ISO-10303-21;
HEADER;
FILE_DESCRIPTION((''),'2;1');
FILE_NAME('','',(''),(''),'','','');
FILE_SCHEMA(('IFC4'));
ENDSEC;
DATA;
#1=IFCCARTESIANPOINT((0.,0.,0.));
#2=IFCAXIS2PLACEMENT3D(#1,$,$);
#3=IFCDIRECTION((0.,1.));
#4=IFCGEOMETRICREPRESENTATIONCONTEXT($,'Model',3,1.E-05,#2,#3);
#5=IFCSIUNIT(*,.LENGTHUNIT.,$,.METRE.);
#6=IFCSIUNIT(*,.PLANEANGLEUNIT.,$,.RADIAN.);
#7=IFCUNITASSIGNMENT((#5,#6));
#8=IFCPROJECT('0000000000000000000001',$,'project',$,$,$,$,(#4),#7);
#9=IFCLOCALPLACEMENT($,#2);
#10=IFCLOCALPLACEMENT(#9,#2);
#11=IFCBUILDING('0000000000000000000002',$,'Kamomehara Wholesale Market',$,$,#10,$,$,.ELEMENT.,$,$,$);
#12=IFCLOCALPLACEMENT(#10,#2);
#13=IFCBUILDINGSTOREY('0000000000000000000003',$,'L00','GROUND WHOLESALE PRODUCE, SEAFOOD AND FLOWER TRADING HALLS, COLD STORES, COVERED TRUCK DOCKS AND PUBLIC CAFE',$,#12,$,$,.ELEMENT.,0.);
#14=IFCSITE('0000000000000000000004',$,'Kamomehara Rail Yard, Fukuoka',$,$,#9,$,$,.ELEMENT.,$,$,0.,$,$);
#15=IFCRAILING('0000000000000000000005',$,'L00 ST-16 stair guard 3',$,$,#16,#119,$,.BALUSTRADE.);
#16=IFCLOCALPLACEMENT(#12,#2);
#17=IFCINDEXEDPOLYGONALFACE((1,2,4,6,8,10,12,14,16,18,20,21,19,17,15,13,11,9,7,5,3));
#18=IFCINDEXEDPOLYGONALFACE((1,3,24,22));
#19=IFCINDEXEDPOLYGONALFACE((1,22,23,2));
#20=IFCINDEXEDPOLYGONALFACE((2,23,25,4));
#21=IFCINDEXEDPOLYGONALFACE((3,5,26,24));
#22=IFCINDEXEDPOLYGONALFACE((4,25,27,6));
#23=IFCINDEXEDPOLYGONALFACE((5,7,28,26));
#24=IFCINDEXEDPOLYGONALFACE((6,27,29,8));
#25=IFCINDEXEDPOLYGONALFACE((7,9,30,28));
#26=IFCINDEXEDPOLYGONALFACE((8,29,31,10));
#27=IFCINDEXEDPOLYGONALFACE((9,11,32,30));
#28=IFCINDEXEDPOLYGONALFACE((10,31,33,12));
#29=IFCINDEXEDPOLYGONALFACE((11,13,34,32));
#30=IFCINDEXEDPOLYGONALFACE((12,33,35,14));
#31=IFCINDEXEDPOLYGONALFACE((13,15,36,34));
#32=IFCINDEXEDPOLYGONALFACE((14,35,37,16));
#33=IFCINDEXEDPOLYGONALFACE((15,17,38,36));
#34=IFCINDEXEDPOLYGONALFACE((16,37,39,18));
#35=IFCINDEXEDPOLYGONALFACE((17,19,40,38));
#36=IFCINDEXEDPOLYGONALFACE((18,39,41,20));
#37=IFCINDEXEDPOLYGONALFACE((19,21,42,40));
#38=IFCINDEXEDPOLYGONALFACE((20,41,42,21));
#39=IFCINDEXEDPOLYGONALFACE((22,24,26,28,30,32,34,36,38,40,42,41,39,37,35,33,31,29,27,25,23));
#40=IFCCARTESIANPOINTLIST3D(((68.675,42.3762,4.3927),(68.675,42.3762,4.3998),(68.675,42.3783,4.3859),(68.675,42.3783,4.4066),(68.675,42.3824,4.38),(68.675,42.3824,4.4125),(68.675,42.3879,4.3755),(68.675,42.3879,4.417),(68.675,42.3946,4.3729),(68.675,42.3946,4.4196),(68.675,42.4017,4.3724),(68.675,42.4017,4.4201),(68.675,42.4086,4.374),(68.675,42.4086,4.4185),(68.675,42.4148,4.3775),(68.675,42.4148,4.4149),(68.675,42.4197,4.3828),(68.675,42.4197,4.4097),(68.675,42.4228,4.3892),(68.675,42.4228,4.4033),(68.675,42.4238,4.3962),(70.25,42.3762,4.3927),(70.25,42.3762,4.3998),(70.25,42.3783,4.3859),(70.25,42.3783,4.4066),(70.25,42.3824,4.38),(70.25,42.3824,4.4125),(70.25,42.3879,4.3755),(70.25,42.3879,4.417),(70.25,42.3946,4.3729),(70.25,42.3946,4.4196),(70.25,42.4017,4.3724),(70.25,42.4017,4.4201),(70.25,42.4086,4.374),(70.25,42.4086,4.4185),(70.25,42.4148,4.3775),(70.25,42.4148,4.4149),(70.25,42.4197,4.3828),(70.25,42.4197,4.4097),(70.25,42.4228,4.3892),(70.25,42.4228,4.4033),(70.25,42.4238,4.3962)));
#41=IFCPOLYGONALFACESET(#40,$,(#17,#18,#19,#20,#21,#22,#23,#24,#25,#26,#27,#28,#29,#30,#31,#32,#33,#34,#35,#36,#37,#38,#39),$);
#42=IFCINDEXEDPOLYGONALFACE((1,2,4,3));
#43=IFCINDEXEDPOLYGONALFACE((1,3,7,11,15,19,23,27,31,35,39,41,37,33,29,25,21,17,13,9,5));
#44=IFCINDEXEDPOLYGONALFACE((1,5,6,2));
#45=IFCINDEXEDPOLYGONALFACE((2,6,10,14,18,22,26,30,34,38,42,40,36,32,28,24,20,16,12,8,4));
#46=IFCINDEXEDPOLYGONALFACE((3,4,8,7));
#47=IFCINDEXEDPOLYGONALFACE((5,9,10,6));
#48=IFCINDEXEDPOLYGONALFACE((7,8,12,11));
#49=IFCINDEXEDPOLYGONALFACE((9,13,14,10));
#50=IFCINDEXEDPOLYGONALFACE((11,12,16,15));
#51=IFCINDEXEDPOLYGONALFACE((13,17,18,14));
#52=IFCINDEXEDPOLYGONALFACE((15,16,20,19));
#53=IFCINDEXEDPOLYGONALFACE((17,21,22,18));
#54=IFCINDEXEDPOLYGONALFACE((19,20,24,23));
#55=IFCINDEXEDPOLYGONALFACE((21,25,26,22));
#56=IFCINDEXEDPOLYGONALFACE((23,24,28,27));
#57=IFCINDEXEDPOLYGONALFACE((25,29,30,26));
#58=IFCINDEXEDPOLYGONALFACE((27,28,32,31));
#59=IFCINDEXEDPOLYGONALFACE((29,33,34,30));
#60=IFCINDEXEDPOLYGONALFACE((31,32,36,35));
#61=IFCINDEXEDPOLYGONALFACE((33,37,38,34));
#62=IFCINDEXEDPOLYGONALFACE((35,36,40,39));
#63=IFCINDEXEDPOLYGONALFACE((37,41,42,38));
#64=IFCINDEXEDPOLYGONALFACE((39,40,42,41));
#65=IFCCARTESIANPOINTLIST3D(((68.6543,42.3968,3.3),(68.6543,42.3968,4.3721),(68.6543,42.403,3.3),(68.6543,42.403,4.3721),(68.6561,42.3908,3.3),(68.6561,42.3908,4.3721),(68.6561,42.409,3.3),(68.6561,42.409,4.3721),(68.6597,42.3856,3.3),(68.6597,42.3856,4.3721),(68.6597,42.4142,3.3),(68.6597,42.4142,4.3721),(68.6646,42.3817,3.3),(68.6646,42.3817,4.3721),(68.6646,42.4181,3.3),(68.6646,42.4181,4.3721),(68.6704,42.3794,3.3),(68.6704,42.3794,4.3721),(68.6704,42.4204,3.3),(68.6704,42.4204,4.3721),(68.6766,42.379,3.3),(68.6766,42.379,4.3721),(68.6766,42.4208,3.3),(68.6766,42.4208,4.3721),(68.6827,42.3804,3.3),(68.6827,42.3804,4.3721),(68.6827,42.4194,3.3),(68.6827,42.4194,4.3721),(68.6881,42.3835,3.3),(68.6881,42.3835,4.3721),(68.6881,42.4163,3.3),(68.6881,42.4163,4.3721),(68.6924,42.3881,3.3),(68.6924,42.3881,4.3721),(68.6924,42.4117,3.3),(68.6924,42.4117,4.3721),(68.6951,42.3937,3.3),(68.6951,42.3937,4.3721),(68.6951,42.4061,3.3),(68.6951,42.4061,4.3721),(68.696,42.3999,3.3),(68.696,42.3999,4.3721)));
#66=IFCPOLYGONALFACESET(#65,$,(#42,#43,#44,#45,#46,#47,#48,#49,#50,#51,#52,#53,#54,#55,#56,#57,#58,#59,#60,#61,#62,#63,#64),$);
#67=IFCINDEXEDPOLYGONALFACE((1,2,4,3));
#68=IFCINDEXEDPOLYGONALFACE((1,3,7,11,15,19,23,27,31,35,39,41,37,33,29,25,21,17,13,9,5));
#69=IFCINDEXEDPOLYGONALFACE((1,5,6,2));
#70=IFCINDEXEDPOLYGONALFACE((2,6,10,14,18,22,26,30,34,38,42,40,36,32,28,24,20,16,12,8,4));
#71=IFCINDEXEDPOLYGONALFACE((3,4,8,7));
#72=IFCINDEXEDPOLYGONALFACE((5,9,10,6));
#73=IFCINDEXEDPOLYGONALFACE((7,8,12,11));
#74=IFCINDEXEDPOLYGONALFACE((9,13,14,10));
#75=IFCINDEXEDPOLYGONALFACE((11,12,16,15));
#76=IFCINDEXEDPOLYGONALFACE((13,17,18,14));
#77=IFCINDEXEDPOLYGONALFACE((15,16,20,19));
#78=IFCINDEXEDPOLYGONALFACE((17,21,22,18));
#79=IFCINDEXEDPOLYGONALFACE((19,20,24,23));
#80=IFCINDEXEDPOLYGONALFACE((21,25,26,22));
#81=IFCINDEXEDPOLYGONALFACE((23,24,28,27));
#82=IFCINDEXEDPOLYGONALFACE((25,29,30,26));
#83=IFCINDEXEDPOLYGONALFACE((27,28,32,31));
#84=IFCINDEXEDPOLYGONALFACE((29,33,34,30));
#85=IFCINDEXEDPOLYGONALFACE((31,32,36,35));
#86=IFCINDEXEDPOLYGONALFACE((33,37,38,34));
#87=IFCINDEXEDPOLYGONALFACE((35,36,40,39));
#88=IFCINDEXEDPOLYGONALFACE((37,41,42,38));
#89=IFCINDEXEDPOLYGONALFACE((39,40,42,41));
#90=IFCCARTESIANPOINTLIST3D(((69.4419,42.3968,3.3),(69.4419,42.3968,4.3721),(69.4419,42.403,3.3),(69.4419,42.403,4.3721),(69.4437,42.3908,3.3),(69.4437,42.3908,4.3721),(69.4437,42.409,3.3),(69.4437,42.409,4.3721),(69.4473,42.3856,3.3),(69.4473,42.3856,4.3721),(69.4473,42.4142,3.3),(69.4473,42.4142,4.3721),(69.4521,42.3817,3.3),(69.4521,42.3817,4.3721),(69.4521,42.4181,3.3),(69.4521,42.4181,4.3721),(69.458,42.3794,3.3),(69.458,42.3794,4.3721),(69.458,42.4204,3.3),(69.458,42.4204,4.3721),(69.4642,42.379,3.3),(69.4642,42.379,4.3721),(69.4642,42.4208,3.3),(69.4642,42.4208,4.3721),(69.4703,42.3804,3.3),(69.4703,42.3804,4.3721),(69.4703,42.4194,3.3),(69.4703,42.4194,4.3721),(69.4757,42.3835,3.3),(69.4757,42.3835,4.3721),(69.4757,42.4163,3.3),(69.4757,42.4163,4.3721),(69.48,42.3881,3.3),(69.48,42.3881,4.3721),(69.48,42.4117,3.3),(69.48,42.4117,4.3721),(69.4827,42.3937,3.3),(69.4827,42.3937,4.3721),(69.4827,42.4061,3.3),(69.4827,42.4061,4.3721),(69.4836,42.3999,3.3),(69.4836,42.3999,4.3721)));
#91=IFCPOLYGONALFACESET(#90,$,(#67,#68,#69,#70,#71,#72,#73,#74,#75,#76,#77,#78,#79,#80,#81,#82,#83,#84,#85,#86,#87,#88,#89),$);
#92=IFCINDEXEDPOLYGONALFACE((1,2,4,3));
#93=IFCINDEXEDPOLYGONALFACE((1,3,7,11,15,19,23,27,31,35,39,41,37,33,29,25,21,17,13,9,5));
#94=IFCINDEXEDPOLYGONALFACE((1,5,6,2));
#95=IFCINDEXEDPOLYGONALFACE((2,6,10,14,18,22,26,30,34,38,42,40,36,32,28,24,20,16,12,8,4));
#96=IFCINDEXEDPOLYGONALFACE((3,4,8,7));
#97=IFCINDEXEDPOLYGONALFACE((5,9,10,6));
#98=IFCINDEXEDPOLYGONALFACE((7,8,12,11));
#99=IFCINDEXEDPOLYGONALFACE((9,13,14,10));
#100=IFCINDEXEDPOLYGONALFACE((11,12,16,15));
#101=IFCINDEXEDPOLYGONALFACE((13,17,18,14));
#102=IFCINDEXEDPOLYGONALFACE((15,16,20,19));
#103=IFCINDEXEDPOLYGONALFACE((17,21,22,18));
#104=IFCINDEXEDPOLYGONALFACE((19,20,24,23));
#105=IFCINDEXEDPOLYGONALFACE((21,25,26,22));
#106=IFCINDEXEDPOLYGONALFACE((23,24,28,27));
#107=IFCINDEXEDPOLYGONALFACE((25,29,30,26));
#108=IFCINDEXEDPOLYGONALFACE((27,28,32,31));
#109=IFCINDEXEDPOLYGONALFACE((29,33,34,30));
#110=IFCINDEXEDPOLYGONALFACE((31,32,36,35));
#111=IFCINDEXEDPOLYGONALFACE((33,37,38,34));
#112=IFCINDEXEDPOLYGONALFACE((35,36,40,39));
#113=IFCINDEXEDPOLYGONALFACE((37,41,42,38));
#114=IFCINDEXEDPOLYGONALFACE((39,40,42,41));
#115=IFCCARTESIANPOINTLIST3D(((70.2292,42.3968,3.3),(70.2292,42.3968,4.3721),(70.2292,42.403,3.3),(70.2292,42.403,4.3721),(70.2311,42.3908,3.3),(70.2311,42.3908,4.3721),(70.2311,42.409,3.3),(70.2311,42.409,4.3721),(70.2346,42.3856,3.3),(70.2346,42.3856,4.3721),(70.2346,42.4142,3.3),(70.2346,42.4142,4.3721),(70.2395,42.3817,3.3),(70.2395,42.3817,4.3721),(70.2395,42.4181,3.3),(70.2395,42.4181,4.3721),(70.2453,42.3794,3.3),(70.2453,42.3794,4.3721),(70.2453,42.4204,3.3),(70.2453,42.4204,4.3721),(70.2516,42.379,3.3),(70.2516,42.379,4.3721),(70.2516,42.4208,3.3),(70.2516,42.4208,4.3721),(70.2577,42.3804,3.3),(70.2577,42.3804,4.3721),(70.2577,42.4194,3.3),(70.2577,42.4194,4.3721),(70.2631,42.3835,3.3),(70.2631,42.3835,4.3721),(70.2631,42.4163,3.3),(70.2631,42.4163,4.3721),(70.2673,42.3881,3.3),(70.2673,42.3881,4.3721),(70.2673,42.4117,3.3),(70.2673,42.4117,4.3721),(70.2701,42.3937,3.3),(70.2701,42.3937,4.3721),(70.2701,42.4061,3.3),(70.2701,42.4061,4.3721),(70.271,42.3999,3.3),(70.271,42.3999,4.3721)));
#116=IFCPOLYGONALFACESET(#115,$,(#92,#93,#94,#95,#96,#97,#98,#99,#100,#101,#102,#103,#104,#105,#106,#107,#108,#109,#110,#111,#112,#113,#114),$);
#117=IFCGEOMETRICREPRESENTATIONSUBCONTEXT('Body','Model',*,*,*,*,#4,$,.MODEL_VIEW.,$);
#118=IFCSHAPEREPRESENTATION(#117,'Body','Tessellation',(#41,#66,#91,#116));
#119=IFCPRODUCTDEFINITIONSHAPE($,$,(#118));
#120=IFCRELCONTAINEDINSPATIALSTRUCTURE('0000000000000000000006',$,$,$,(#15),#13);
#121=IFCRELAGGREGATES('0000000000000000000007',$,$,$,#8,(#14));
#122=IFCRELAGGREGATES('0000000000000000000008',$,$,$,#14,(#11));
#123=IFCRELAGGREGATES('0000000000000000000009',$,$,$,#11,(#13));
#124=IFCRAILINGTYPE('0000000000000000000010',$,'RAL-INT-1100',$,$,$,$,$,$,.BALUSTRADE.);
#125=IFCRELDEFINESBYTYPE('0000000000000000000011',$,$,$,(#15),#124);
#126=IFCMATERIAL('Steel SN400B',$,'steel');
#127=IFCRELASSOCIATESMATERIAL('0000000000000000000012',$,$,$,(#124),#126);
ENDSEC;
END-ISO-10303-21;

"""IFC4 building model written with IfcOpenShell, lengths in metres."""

from ifc_helpers import new_model, si_unit, direction, frame, origin, origin_2d, place, context, subcontext, project, spatial, circle, extrude, material, type_object, element, save


model = new_model("IFC4")

# Units and contexts
model_context = context("Model", 3, precision=1e-05, world=origin(), true_north=direction((0.0, 1.0)))
body_context = subcontext(model_context, "Body", "Model", "MODEL_VIEW")
ifc_project = project(units=[si_unit("LENGTHUNIT", "METRE"), si_unit("PLANEANGLEUNIT", "RADIAN")], contexts=[model_context])

# Site, building, storey
site_placement = place(None, origin())
site = spatial("IfcSite", under=ifc_project, at=site_placement, Name="Kamomehara Rail Yard, Fukuoka", CompositionType="ELEMENT", RefElevation=0.0)
building_placement = place(site_placement, origin())
building = spatial("IfcBuilding", under=site, at=building_placement, Name="Kamomehara Wholesale Market", CompositionType="ELEMENT")
storey_placement = place(building_placement, origin())
storey = spatial("IfcBuildingStorey", under=building, at=storey_placement, Name="L00", Description="GROUND WHOLESALE PRODUCE, SEAFOOD AND FLOWER TRADING HALLS, COLD STORES, COVERED TRUCK DOCKS AND PUBLIC CAFE", CompositionType="ELEMENT", Elevation=0.0)

# Railing
ifc_material_1 = material(Name="Steel SN400B", Category="steel")
railing_type_1 = type_object("IfcRailingType", Name="RAL-INT-1100", PredefinedType="BALUSTRADE", material=ifc_material_1)
railing_1_placement = place(storey_placement, frame((68.675, 42.3999, 3.3)))
element("IfcRailing", 1, at=railing_1_placement, inside=storey, type_object=railing_type_1, Name="L00 ST-16 stair guard 3", PredefinedType="BALUSTRADE", context=body_context, shape_type="SweptSolid", body=[
    extrude(circle(Radius=0.0239, at=origin_2d()), frame((0.0, 0.0, 1.0962), z_axis=(1.0, 0.0, 0.0), x_axis=(0.0, 1.0, 0.0)), (0.0, 0.0, 1.0), 1.575),
    extrude(circle(Radius=0.021, at=origin_2d()), origin(), (0.0, 0.0, 1.0), 1.072),
    extrude(circle(Radius=0.021, at=origin_2d()), frame((0.7876, 0.0, 0.0)), (0.0, 0.0, 1.0), 1.072),
    extrude(circle(Radius=0.021, at=origin_2d()), frame((1.575, 0.0, 0.0)), (0.0, 0.0, 1.0), 1.072),
])

save(model, "model.ifc")
